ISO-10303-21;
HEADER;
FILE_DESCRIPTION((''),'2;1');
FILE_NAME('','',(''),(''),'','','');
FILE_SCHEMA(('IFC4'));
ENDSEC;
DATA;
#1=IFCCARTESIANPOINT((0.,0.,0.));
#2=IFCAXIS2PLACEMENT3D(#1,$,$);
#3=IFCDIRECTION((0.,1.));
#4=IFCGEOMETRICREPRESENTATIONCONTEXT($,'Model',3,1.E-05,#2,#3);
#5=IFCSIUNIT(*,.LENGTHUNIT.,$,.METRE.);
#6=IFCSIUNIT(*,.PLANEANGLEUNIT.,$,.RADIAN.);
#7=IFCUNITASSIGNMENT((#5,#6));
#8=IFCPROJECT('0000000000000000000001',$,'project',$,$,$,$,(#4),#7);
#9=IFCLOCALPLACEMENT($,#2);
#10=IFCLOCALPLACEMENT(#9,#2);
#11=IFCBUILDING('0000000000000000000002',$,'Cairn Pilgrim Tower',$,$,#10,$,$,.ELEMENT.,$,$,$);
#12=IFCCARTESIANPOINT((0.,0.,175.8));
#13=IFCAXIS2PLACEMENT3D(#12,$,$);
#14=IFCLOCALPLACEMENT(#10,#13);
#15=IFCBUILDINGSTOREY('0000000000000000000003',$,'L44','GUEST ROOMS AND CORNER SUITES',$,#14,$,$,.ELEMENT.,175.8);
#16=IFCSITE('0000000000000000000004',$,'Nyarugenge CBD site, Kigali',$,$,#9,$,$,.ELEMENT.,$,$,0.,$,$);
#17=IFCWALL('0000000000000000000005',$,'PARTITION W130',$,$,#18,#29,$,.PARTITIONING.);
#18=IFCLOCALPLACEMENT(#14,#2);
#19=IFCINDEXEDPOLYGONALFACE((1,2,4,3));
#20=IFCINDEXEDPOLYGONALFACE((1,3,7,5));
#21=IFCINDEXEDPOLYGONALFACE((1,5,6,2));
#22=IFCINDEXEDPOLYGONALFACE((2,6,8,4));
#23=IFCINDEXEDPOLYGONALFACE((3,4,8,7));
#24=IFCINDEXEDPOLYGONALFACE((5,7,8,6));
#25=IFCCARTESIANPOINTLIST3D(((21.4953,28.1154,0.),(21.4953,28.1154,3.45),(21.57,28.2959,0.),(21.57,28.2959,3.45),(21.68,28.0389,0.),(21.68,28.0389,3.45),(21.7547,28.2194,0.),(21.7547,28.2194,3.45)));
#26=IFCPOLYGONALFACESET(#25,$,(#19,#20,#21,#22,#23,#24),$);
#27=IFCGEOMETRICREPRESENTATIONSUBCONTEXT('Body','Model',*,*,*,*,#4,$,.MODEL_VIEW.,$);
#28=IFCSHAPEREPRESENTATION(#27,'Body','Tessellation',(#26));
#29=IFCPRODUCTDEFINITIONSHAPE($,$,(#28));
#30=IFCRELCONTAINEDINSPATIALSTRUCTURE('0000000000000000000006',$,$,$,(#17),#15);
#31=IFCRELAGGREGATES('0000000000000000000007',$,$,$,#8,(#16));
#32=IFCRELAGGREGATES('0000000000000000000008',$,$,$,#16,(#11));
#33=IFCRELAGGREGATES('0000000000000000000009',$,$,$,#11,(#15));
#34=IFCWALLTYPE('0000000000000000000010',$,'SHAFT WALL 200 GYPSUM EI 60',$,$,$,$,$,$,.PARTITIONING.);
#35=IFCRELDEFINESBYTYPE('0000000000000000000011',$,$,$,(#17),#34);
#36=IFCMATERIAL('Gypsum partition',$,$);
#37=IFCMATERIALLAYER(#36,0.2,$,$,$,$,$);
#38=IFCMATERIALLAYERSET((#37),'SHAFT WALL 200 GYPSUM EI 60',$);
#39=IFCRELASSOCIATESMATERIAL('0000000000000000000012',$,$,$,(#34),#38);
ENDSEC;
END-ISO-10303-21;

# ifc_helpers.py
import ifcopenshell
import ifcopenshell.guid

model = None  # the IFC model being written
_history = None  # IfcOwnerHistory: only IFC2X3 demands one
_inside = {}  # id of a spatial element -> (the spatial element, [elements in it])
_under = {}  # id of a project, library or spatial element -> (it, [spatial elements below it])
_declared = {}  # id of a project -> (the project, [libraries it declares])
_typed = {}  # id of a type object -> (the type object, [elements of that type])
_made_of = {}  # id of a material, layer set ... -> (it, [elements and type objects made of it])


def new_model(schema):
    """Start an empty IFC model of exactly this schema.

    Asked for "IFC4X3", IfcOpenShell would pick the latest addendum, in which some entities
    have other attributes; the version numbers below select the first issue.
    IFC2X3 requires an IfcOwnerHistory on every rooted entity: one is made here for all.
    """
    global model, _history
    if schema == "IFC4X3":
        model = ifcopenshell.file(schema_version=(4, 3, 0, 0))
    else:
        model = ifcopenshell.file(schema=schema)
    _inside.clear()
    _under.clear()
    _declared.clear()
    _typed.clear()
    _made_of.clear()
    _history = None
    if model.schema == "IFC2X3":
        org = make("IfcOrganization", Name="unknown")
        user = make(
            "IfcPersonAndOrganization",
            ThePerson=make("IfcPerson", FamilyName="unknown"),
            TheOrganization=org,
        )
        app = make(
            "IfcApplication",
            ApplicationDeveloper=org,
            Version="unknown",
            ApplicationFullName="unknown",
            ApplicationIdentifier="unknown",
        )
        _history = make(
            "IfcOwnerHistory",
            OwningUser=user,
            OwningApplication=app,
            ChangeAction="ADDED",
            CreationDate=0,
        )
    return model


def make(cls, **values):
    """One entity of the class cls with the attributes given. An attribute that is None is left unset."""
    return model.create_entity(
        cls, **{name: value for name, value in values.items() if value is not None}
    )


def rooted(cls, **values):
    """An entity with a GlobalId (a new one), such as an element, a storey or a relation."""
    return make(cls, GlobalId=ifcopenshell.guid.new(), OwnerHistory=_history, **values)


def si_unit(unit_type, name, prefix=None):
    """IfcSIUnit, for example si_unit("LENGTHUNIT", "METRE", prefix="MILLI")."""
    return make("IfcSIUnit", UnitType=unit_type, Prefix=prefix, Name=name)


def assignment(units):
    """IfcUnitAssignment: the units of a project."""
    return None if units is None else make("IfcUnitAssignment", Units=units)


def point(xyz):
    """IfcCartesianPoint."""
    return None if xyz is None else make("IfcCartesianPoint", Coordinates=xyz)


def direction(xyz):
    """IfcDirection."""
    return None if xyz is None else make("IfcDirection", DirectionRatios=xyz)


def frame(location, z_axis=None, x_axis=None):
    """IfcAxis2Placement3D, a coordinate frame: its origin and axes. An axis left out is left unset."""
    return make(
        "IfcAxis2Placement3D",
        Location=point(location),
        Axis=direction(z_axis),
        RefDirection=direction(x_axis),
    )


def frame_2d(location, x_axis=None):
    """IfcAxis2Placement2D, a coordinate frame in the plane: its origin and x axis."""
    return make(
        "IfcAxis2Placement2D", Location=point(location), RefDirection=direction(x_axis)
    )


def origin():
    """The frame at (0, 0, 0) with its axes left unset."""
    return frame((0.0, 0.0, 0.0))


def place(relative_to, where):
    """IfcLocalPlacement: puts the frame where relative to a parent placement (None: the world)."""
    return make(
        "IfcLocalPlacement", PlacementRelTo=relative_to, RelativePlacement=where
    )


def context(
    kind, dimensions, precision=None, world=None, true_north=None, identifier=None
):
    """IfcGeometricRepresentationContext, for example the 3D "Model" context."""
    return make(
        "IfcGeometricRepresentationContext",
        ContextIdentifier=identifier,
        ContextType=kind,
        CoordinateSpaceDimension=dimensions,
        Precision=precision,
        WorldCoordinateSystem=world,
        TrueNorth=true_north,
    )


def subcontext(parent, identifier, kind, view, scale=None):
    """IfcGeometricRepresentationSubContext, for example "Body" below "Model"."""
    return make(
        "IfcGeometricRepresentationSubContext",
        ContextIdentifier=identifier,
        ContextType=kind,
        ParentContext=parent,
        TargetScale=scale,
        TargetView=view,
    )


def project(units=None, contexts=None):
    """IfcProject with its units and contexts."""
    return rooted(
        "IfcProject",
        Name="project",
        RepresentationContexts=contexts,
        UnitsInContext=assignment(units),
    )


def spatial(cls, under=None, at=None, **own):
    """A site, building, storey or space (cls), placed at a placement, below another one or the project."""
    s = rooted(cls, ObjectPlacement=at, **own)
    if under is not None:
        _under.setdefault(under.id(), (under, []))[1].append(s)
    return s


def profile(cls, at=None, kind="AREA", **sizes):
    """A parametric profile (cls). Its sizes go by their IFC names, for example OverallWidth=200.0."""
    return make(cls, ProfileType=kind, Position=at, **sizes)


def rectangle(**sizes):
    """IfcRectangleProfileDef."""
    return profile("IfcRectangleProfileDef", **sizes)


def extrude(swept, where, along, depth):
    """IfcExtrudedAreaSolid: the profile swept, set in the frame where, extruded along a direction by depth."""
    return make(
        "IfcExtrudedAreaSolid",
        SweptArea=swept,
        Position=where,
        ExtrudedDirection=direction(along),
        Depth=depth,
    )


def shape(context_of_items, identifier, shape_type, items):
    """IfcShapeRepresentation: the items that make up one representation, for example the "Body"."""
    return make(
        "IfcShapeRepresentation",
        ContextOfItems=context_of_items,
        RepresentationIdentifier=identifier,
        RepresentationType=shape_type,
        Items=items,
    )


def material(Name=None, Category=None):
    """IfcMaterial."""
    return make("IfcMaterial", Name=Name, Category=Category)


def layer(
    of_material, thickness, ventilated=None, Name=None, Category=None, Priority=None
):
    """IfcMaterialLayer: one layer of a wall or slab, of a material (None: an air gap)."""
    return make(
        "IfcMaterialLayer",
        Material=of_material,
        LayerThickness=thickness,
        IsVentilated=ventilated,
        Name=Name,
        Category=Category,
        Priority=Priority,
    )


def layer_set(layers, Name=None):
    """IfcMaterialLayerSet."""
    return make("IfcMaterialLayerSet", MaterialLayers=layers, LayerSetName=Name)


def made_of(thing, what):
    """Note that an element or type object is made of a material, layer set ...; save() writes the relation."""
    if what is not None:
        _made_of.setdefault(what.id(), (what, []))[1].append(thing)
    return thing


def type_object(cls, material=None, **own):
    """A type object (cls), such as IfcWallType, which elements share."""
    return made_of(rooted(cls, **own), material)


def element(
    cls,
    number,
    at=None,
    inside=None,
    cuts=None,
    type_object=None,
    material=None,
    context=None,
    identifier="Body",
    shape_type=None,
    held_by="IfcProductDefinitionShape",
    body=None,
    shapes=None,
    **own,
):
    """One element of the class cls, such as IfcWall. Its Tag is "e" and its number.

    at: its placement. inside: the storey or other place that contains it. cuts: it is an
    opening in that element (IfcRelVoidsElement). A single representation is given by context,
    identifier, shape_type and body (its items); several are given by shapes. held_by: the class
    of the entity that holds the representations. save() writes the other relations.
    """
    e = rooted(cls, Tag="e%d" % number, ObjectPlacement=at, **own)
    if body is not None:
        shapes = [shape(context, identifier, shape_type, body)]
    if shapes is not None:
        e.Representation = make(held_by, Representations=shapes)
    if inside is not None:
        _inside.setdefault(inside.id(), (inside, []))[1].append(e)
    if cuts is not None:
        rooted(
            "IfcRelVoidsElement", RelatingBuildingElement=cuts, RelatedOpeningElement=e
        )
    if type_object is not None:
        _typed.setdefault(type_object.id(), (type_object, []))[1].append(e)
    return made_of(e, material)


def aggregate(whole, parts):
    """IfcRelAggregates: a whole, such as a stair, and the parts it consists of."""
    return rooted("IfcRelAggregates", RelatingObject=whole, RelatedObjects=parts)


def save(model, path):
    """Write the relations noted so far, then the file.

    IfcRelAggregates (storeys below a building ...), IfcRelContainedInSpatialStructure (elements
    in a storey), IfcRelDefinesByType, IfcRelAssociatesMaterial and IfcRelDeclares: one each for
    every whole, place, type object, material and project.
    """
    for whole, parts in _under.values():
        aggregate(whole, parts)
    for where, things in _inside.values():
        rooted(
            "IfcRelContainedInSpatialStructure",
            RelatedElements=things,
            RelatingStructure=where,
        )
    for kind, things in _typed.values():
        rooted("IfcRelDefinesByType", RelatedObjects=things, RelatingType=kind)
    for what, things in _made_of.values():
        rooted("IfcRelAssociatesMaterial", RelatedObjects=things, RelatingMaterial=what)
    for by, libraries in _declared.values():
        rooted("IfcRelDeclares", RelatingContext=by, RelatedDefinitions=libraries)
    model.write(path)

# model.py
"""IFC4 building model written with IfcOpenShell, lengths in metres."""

from ifc_helpers import new_model, si_unit, direction, frame, frame_2d, origin, place, context, subcontext, project, spatial, rectangle, extrude, material, layer, layer_set, type_object, element, save


model = new_model("IFC4")

# Units and contexts
model_context = context("Model", 3, precision=1e-05, world=origin(), true_north=direction((0.0, 1.0)))
body_context = subcontext(model_context, "Body", "Model", "MODEL_VIEW")
ifc_project = project(units=[si_unit("LENGTHUNIT", "METRE"), si_unit("PLANEANGLEUNIT", "RADIAN")], contexts=[model_context])

# Site, building, storey
site_placement = place(None, origin())
site = spatial("IfcSite", under=ifc_project, at=site_placement, Name="Nyarugenge CBD site, Kigali", CompositionType="ELEMENT", RefElevation=0.0)
building_placement = place(site_placement, origin())
building = spatial("IfcBuilding", under=site, at=building_placement, Name="Cairn Pilgrim Tower", CompositionType="ELEMENT")
storey_placement = place(building_placement, frame((0.0, 0.0, 175.8)))
storey = spatial("IfcBuildingStorey", under=building, at=storey_placement, Name="L44", Description="GUEST ROOMS AND CORNER SUITES", CompositionType="ELEMENT", Elevation=175.8)

# Shared definitions
ifc_material_1 = material(Name="Gypsum partition")

# Wall
ifc_layer_1 = layer(ifc_material_1, 0.2)
ifc_layer_set_1 = layer_set([ifc_layer_1], Name="SHAFT WALL 200 GYPSUM EI 60")
wall_type_1 = type_object("IfcWallType", Name="SHAFT WALL 200 GYPSUM EI 60", PredefinedType="PARTITIONING", material=ifc_layer_set_1)
wall_1_placement = place(storey_placement, frame((21.5876, 28.0771, 0.0), z_axis=(0.0, 0.0, 1.0), x_axis=(0.382573, 0.923925, 0.0)))
element("IfcWall", 1, at=wall_1_placement, inside=storey, type_object=wall_type_1, Name="PARTITION W130", PredefinedType="PARTITIONING", context=body_context, shape_type="SweptSolid", body=[
    extrude(rectangle(XDim=0.1953, YDim=0.2, at=frame_2d((0.0977, 0.0))), origin(), (0.0, 0.0, 1.0), 3.45),
])

save(model, "model.ifc")
